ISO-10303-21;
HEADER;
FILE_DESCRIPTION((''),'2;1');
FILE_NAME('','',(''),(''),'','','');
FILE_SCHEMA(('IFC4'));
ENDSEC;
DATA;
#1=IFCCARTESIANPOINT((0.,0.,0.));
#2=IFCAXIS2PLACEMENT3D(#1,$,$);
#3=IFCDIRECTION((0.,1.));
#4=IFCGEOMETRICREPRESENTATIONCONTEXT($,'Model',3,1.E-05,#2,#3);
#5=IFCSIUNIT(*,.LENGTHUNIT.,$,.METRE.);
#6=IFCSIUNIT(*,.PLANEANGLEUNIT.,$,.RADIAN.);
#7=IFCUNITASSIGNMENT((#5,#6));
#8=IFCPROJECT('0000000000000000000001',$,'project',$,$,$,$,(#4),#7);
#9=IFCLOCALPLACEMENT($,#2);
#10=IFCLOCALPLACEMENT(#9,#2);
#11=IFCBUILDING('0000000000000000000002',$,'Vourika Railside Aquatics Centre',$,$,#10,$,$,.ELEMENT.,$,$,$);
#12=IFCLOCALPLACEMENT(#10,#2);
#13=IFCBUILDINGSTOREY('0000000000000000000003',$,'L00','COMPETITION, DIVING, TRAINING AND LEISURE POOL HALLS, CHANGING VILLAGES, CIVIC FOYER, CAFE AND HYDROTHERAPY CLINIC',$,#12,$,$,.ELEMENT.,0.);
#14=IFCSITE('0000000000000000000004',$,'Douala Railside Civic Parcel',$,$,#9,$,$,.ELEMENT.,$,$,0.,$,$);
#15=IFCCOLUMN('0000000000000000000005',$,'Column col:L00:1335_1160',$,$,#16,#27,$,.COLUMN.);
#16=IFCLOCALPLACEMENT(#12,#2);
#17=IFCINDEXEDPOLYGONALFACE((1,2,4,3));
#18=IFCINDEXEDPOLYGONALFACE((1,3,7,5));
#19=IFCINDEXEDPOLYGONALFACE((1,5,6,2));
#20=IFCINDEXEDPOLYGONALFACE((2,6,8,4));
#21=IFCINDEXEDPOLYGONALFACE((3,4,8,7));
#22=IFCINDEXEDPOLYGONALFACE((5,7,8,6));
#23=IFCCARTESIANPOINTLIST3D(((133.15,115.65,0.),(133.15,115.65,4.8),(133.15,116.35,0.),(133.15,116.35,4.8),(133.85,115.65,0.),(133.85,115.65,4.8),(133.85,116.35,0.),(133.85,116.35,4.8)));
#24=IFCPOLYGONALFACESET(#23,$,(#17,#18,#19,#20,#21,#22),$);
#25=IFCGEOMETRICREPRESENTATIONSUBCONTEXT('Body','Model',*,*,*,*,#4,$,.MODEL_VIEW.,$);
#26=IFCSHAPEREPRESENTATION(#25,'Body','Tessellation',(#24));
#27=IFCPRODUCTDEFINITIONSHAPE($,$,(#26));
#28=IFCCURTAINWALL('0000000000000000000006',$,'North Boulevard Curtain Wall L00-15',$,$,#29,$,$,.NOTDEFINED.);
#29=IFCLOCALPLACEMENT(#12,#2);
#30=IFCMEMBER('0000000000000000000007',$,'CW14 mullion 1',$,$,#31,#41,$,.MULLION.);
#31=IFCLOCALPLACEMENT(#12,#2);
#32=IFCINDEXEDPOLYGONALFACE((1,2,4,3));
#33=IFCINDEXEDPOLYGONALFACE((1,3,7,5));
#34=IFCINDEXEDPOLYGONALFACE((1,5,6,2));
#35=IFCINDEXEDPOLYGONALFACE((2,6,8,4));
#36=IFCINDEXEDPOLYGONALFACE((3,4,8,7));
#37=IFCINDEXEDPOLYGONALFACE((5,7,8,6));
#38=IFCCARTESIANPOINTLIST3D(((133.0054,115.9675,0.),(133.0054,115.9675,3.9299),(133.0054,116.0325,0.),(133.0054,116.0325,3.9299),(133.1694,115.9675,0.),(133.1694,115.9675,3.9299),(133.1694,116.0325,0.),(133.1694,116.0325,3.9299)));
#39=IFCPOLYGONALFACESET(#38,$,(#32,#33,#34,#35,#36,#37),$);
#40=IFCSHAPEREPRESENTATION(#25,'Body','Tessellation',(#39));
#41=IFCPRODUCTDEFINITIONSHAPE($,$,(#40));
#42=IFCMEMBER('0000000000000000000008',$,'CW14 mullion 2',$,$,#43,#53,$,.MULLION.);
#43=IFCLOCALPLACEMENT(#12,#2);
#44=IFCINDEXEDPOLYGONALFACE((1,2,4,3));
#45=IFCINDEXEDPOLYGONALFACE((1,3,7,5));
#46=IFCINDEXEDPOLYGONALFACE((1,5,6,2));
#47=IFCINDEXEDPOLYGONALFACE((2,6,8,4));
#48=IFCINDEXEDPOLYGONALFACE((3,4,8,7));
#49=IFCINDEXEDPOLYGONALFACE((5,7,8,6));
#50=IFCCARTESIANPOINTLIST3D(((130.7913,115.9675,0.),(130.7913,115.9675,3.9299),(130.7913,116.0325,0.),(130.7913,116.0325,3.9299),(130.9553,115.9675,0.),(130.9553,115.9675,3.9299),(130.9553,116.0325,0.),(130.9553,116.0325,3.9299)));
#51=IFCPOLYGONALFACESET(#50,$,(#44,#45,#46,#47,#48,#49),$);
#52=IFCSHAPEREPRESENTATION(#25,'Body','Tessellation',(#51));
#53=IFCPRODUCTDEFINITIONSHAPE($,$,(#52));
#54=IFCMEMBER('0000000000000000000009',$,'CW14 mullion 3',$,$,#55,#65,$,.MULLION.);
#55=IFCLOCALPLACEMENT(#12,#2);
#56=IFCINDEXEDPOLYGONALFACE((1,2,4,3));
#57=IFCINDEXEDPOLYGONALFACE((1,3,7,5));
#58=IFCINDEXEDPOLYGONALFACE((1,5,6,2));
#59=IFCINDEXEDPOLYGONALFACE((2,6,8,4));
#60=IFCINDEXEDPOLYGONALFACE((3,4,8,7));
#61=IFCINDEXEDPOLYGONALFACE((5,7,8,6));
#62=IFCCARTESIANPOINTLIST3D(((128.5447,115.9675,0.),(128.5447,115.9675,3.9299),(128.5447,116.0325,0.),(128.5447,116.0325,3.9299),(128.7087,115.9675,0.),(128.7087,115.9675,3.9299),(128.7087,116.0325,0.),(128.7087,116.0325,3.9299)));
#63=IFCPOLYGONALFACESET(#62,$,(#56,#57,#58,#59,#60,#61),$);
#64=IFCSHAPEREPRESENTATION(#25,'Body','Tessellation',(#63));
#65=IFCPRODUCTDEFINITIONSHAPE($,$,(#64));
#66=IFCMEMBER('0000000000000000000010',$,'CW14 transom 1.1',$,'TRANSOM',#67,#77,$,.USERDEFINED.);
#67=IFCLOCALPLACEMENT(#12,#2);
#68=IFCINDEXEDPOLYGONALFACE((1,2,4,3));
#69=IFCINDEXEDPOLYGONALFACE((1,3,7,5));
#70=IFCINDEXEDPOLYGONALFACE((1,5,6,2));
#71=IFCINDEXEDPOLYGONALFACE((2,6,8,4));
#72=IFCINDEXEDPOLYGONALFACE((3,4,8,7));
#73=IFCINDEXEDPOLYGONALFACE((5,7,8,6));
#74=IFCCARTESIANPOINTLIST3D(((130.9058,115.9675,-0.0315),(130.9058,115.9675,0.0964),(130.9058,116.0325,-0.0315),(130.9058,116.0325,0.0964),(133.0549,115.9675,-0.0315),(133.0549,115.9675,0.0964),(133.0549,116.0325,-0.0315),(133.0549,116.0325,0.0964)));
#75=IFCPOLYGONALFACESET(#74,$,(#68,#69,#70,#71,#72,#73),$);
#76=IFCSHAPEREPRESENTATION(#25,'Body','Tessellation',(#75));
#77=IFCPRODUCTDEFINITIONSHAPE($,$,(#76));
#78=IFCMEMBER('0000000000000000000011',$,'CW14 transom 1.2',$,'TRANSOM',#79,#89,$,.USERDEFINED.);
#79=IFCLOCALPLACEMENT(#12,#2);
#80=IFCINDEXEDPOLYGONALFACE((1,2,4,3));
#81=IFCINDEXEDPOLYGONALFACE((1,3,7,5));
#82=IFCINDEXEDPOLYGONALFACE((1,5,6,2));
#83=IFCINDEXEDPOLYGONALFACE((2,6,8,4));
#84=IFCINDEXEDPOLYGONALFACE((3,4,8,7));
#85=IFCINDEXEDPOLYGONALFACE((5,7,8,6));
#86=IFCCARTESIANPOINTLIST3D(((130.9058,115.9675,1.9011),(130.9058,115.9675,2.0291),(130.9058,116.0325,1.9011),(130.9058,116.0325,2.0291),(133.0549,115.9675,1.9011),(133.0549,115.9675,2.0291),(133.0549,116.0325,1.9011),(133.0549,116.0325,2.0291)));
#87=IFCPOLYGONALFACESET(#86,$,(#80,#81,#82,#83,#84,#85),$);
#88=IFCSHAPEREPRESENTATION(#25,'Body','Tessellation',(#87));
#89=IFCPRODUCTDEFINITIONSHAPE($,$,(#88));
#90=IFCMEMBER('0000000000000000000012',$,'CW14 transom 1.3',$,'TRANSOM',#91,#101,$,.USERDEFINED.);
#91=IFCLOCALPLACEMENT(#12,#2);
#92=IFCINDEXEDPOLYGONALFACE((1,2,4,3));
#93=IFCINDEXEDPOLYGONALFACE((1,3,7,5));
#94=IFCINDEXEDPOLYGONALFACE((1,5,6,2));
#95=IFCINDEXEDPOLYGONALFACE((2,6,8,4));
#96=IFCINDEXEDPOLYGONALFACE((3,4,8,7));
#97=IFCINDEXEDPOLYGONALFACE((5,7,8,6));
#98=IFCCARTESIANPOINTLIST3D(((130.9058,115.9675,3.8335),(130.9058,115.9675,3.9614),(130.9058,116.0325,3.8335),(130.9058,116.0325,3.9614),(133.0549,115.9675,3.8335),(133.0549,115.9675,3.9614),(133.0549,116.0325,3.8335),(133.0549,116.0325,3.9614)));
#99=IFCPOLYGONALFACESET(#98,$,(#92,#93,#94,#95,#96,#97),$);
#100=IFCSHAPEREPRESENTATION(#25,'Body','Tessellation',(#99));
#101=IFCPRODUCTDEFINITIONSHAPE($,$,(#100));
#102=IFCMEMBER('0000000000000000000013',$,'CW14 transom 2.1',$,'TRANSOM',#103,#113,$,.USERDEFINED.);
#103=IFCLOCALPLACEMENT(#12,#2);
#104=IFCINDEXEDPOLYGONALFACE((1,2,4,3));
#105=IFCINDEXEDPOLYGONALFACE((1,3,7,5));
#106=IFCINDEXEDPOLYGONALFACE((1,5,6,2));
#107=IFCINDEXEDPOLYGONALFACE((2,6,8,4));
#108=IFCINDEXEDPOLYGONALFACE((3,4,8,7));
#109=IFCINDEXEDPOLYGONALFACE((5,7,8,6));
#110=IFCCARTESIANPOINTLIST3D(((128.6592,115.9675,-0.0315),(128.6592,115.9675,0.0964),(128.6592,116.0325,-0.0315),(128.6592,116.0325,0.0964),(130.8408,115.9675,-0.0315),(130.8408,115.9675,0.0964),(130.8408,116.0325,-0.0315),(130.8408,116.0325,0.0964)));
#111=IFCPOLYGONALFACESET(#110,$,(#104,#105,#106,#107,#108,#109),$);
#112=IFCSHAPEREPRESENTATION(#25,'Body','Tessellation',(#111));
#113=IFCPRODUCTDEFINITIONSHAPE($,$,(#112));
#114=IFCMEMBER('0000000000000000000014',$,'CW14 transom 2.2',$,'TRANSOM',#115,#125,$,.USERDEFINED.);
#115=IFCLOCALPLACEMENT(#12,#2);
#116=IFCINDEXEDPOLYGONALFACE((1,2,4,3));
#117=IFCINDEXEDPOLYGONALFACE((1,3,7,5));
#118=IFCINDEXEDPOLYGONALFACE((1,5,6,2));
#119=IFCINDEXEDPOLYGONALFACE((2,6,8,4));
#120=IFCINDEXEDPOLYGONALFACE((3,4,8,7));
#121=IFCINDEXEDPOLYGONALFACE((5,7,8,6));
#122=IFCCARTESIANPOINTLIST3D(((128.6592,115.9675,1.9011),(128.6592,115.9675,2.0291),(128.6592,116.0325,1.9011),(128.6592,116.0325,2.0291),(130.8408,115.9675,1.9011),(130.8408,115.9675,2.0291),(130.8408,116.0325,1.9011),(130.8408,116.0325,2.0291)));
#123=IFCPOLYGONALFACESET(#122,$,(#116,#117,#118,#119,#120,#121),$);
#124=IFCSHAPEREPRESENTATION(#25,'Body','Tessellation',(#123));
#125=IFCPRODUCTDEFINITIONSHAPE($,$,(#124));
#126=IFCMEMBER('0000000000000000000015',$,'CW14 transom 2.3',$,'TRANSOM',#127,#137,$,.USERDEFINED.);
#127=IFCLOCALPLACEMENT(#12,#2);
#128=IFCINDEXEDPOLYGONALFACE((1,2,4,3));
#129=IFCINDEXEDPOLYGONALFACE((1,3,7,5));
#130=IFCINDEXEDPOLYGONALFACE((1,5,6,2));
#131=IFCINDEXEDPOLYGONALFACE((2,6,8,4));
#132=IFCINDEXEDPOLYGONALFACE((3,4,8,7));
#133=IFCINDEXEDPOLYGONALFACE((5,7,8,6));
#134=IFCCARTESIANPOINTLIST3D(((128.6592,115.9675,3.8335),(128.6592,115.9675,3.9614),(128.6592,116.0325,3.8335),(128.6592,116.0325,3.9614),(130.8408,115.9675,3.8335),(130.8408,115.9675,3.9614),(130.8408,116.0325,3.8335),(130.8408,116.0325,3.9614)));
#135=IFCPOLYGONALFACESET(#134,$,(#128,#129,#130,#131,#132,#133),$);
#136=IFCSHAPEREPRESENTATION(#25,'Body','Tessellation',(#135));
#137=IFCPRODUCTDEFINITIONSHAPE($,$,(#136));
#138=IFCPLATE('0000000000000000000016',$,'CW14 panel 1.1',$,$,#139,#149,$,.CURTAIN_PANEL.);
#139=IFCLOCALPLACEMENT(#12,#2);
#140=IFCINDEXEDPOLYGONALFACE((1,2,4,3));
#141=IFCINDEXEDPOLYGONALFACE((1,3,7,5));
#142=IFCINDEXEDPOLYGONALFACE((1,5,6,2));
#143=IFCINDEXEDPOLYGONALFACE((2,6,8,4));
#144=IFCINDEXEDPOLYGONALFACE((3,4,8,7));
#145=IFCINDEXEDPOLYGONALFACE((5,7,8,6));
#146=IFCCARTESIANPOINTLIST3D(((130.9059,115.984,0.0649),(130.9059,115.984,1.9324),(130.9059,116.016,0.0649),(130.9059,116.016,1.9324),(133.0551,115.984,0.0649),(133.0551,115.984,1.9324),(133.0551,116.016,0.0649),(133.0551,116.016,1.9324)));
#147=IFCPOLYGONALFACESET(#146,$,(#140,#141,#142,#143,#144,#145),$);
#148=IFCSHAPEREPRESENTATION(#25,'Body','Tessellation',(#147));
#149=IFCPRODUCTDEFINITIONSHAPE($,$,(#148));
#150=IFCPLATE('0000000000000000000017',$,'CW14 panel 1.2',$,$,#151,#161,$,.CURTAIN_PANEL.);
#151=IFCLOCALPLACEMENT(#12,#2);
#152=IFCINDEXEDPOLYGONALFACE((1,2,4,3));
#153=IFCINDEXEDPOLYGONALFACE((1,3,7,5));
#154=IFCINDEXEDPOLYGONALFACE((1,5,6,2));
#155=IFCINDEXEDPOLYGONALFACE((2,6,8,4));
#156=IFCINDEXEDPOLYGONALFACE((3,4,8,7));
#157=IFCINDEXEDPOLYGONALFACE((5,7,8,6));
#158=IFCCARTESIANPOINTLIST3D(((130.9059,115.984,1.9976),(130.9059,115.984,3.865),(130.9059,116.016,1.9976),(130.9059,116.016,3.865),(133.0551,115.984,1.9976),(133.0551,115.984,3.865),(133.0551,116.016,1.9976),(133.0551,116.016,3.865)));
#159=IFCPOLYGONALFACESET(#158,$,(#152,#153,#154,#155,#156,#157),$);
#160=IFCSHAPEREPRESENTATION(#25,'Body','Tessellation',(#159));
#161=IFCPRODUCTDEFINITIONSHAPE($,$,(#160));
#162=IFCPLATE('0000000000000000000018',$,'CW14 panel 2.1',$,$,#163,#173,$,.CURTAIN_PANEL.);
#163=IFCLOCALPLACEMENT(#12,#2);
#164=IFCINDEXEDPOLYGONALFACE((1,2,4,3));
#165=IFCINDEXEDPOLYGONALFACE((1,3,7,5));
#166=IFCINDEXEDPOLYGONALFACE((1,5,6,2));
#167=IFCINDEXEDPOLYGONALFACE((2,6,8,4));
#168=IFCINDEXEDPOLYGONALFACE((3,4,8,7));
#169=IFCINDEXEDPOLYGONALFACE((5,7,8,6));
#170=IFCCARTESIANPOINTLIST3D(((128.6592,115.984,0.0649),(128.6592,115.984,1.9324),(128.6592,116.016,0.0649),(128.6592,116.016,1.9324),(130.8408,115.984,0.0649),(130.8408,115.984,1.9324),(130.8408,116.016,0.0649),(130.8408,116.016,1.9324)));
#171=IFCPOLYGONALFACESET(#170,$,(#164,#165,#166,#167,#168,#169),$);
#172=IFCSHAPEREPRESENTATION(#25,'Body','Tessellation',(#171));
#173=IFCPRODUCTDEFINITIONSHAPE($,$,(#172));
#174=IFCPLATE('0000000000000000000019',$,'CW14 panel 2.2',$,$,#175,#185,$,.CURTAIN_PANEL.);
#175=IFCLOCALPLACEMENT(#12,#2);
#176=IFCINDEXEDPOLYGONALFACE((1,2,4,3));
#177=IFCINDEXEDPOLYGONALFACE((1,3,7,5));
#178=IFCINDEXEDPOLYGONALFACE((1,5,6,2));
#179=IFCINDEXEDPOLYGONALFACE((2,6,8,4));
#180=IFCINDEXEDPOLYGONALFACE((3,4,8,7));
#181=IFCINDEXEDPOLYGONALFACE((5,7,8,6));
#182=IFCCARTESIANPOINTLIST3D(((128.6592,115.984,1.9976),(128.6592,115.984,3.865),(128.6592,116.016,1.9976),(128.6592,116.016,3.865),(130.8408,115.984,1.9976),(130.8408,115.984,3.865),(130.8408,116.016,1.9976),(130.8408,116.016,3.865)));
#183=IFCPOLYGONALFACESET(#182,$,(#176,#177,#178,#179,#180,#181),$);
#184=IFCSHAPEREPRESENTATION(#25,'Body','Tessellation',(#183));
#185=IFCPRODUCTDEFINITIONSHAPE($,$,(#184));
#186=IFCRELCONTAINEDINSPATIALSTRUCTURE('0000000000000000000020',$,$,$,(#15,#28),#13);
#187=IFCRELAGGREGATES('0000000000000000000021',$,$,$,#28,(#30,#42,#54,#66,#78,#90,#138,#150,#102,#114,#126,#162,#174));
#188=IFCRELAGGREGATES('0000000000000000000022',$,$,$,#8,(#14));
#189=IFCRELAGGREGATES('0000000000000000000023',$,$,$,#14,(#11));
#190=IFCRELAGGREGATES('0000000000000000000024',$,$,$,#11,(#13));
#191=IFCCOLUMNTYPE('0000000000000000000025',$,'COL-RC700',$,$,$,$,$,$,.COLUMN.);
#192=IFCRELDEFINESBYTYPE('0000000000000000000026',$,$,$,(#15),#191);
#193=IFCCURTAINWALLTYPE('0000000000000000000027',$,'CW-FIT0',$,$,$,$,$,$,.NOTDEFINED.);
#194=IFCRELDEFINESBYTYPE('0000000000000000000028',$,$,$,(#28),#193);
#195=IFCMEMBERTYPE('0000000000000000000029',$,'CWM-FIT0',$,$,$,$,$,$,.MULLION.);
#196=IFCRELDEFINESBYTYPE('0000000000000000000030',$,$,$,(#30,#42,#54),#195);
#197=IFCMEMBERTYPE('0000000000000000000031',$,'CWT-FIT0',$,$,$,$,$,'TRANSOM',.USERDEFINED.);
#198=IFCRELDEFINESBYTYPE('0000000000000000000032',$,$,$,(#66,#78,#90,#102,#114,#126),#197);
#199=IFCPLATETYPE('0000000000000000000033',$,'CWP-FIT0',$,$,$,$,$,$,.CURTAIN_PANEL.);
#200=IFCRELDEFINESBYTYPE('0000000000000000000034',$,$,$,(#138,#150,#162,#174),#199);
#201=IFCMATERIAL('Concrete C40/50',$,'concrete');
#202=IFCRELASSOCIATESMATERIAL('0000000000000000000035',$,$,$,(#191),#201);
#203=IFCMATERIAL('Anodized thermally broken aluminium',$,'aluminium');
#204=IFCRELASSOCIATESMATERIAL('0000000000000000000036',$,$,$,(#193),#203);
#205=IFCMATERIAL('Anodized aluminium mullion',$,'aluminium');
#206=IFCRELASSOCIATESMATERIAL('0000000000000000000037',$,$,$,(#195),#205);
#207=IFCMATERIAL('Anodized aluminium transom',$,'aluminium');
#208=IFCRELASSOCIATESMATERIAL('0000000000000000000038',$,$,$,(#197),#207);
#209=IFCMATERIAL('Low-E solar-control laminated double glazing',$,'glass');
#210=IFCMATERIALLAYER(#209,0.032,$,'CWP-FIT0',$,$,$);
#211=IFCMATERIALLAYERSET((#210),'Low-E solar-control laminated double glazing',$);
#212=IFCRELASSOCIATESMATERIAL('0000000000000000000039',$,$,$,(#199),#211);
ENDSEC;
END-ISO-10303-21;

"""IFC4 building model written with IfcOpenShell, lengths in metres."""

from ifc_helpers import new_model, si_unit, direction, frame, origin, origin_2d, place, context, subcontext, project, spatial, rectangle, extrude, material, layer, layer_set, material_profile, profile_set, type_object, element, aggregate, save


model = new_model("IFC4")

# Units and contexts
model_context = context("Model", 3, precision=1e-05, world=origin(), true_north=direction((0.0, 1.0)))
body_context = subcontext(model_context, "Body", "Model", "MODEL_VIEW")
ifc_project = project(units=[si_unit("LENGTHUNIT", "METRE"), si_unit("PLANEANGLEUNIT", "RADIAN")], contexts=[model_context])

# Site, building, storey
site_placement = place(None, origin())
site = spatial("IfcSite", under=ifc_project, at=site_placement, Name="Douala Railside Civic Parcel", CompositionType="ELEMENT", RefElevation=0.0)
building_placement = place(site_placement, origin())
building = spatial("IfcBuilding", under=site, at=building_placement, Name="Vourika Railside Aquatics Centre", CompositionType="ELEMENT")
storey_placement = place(building_placement, origin())
storey = spatial("IfcBuildingStorey", under=building, at=storey_placement, Name="L00", Description="COMPETITION, DIVING, TRAINING AND LEISURE POOL HALLS, CHANGING VILLAGES, CIVIC FOYER, CAFE AND HYDROTHERAPY CLINIC", CompositionType="ELEMENT", Elevation=0.0)

# Column
ifc_material_1 = material(Name="Concrete C40/50", Category="concrete")
ifc_material_profile_1 = material_profile(ifc_material_1, rectangle(XDim=0.7, YDim=0.7, at=origin_2d()), Name="RC 700x700")
ifc_profile_set_1 = profile_set([ifc_material_profile_1], Name="Concrete C40/50")
column_type = type_object("IfcColumnType", Name="COL-RC700", PredefinedType="COLUMN", material=ifc_profile_set_1)
column_placement = place(storey_placement, frame((133.5, 116.0, 0.0), z_axis=(0.0, 0.0, 1.0), x_axis=(1.0, 0.0, 0.0)))
element("IfcColumn", 1, at=column_placement, inside=storey, type_object=column_type, Name="Column col:L00:1335_1160", PredefinedType="COLUMN", context=body_context, shape_type="SweptSolid", body=[
    extrude(rectangle(XDim=0.7, YDim=0.7, at=origin_2d()), origin(), (0.0, 0.0, 1.0), 4.8),
])

# Curtain wall, members, plates
ifc_material_2 = material(Name="Anodized thermally broken aluminium", Category="aluminium")
curtain_wall_type = type_object("IfcCurtainWallType", Name="CW-FIT0", PredefinedType="NOTDEFINED", material=ifc_material_2)
curtain_wall_placement = place(storey_placement, origin())
curtain_wall = element("IfcCurtainWall", 2, at=curtain_wall_placement, inside=storey, type_object=curtain_wall_type, Name="North Boulevard Curtain Wall L00-15", PredefinedType="NOTDEFINED")
ifc_material_3 = material(Name="Anodized aluminium mullion", Category="aluminium")
ifc_material_profile_2 = material_profile(ifc_material_3, rectangle(XDim=0.0649, YDim=0.1641, at=origin_2d()), Name="ALU-M 65x164")
ifc_profile_set_2 = profile_set([ifc_material_profile_2], Name="Anodized aluminium mullion")
member_type_1 = type_object("IfcMemberType", Name="CWM-FIT0", PredefinedType="MULLION", material=ifc_profile_set_2)
member_1_placement = place(storey_placement, frame((133.0874, 116.0, 0.0), z_axis=(0.0, 0.0, 1.0), x_axis=(0.0, -1.0, 0.0)))
member_1 = element("IfcMember", 3, at=member_1_placement, type_object=member_type_1, Name="CW14 mullion 1", PredefinedType="MULLION", context=body_context, shape_type="SweptSolid", body=[
    extrude(rectangle(XDim=0.0649, YDim=0.1641, at=origin_2d()), origin(), (0.0, 0.0, 1.0), 3.9299),
])
member_2_placement = place(storey_placement, frame((130.8733, 116.0, 0.0), z_axis=(0.0, 0.0, 1.0), x_axis=(0.0, -1.0, 0.0)))
member_2 = element("IfcMember", 4, at=member_2_placement, type_object=member_type_1, Name="CW14 mullion 2", PredefinedType="MULLION", context=body_context, shape_type="SweptSolid", body=[
    extrude(rectangle(XDim=0.0649, YDim=0.1641, at=origin_2d()), origin(), (0.0, 0.0, 1.0), 3.9299),
])
member_3_placement = place(storey_placement, frame((128.6267, 116.0, 0.0), z_axis=(0.0, 0.0, 1.0), x_axis=(0.0, -1.0, 0.0)))
member_3 = element("IfcMember", 5, at=member_3_placement, type_object=member_type_1, Name="CW14 mullion 3", PredefinedType="MULLION", context=body_context, shape_type="SweptSolid", body=[
    extrude(rectangle(XDim=0.0649, YDim=0.1641, at=origin_2d()), origin(), (0.0, 0.0, 1.0), 3.9299),
])
ifc_material_4 = material(Name="Anodized aluminium transom", Category="aluminium")
ifc_material_profile_3 = material_profile(ifc_material_4, rectangle(XDim=0.0649, YDim=0.1279, at=origin_2d()), Name="ALU-T 65x128")
ifc_profile_set_3 = profile_set([ifc_material_profile_3], Name="Anodized aluminium transom")
member_type_2 = type_object("IfcMemberType", Name="CWT-FIT0", ElementType="TRANSOM", PredefinedType="USERDEFINED", material=ifc_profile_set_3)
member_4_placement = place(storey_placement, frame((133.0549, 116.0, 0.0325), z_axis=(-1.0, 0.0, 0.0), x_axis=(0.0, -1.0, 0.0)))
member_4 = element("IfcMember", 6, at=member_4_placement, type_object=member_type_2, Name="CW14 transom 1.1", ObjectType="TRANSOM", PredefinedType="USERDEFINED", context=body_context, shape_type="SweptSolid", body=[
    extrude(rectangle(XDim=0.0649, YDim=0.1279, at=origin_2d()), origin(), (0.0, 0.0, 1.0), 2.1492),
])
member_5_placement = place(storey_placement, frame((133.0549, 116.0, 1.9651), z_axis=(-1.0, 0.0, 0.0), x_axis=(0.0, -1.0, 0.0)))
member_5 = element("IfcMember", 7, at=member_5_placement, type_object=member_type_2, Name="CW14 transom 1.2", ObjectType="TRANSOM", PredefinedType="USERDEFINED", context=body_context, shape_type="SweptSolid", body=[
    extrude(rectangle(XDim=0.0649, YDim=0.1279, at=origin_2d()), origin(), (0.0, 0.0, 1.0), 2.1492),
])
member_6_placement = place(storey_placement, frame((133.0549, 116.0, 3.8975), z_axis=(-1.0, 0.0, 0.0), x_axis=(0.0, -1.0, 0.0)))
member_6 = element("IfcMember", 8, at=member_6_placement, type_object=member_type_2, Name="CW14 transom 1.3", ObjectType="TRANSOM", PredefinedType="USERDEFINED", context=body_context, shape_type="SweptSolid", body=[
    extrude(rectangle(XDim=0.0649, YDim=0.1279, at=origin_2d()), origin(), (0.0, 0.0, 1.0), 2.1492),
])
member_7_placement = place(storey_placement, frame((130.8408, 116.0, 0.0325), z_axis=(-1.0, 0.0, 0.0), x_axis=(0.0, -1.0, 0.0)))
member_7 = element("IfcMember", 9, at=member_7_placement, type_object=member_type_2, Name="CW14 transom 2.1", ObjectType="TRANSOM", PredefinedType="USERDEFINED", context=body_context, shape_type="SweptSolid", body=[
    extrude(rectangle(XDim=0.0649, YDim=0.1279, at=origin_2d()), origin(), (0.0, 0.0, 1.0), 2.1816),
])
member_8_placement = place(storey_placement, frame((130.8408, 116.0, 1.9651), z_axis=(-1.0, 0.0, 0.0), x_axis=(0.0, -1.0, 0.0)))
member_8 = element("IfcMember", 10, at=member_8_placement, type_object=member_type_2, Name="CW14 transom 2.2", ObjectType="TRANSOM", PredefinedType="USERDEFINED", context=body_context, shape_type="SweptSolid", body=[
    extrude(rectangle(XDim=0.0649, YDim=0.1279, at=origin_2d()), origin(), (0.0, 0.0, 1.0), 2.1816),
])
member_9_placement = place(storey_placement, frame((130.8408, 116.0, 3.8975), z_axis=(-1.0, 0.0, 0.0), x_axis=(0.0, -1.0, 0.0)))
member_9 = element("IfcMember", 11, at=member_9_placement, type_object=member_type_2, Name="CW14 transom 2.3", ObjectType="TRANSOM", PredefinedType="USERDEFINED", context=body_context, shape_type="SweptSolid", body=[
    extrude(rectangle(XDim=0.0649, YDim=0.1279, at=origin_2d()), origin(), (0.0, 0.0, 1.0), 2.1816),
])
ifc_material_5 = material(Name="Low-E solar-control laminated double glazing", Category="glass")
ifc_layer = layer(ifc_material_5, 0.032, Name="CWP-FIT0")
ifc_layer_set = layer_set([ifc_layer], Name="Low-E solar-control laminated double glazing")
plate_type = type_object("IfcPlateType", Name="CWP-FIT0", PredefinedType="CURTAIN_PANEL", material=ifc_layer_set)
plate_1_placement = place(storey_placement, frame((131.9805, 116.0, 0.0649), z_axis=(0.0, 0.0, 1.0), x_axis=(-1.0, 0.0, 0.0)))
plate_1 = element("IfcPlate", 12, at=plate_1_placement, type_object=plate_type, Name="CW14 panel 1.1", PredefinedType="CURTAIN_PANEL", context=body_context, shape_type="SweptSolid", body=[
    extrude(rectangle(XDim=2.1492, YDim=0.032, at=origin_2d()), origin(), (0.0, 0.0, 1.0), 1.8674),
])
plate_2_placement = place(storey_placement, frame((131.9805, 116.0, 1.9976), z_axis=(0.0, 0.0, 1.0), x_axis=(-1.0, 0.0, 0.0)))
plate_2 = element("IfcPlate", 13, at=plate_2_placement, type_object=plate_type, Name="CW14 panel 1.2", PredefinedType="CURTAIN_PANEL", context=body_context, shape_type="SweptSolid", body=[
    extrude(rectangle(XDim=2.1492, YDim=0.032, at=origin_2d()), origin(), (0.0, 0.0, 1.0), 1.8674),
])
plate_3_placement = place(storey_placement, frame((129.75, 116.0, 0.0649), z_axis=(0.0, 0.0, 1.0), x_axis=(-1.0, 0.0, 0.0)))
plate_3 = element("IfcPlate", 14, at=plate_3_placement, type_object=plate_type, Name="CW14 panel 2.1", PredefinedType="CURTAIN_PANEL", context=body_context, shape_type="SweptSolid", body=[
    extrude(rectangle(XDim=2.1816, YDim=0.032, at=origin_2d()), origin(), (0.0, 0.0, 1.0), 1.8674),
])
plate_4_placement = place(storey_placement, frame((129.75, 116.0, 1.9976), z_axis=(0.0, 0.0, 1.0), x_axis=(-1.0, 0.0, 0.0)))
plate_4 = element("IfcPlate", 15, at=plate_4_placement, type_object=plate_type, Name="CW14 panel 2.2", PredefinedType="CURTAIN_PANEL", context=body_context, shape_type="SweptSolid", body=[
    extrude(rectangle(XDim=2.1816, YDim=0.032, at=origin_2d()), origin(), (0.0, 0.0, 1.0), 1.8674),
])
aggregate(curtain_wall, [member_1, member_2, member_3, member_4, member_5, member_6, plate_1, plate_2, member_7, member_8, member_9, plate_3, plate_4])

save(model, "model.ifc")
